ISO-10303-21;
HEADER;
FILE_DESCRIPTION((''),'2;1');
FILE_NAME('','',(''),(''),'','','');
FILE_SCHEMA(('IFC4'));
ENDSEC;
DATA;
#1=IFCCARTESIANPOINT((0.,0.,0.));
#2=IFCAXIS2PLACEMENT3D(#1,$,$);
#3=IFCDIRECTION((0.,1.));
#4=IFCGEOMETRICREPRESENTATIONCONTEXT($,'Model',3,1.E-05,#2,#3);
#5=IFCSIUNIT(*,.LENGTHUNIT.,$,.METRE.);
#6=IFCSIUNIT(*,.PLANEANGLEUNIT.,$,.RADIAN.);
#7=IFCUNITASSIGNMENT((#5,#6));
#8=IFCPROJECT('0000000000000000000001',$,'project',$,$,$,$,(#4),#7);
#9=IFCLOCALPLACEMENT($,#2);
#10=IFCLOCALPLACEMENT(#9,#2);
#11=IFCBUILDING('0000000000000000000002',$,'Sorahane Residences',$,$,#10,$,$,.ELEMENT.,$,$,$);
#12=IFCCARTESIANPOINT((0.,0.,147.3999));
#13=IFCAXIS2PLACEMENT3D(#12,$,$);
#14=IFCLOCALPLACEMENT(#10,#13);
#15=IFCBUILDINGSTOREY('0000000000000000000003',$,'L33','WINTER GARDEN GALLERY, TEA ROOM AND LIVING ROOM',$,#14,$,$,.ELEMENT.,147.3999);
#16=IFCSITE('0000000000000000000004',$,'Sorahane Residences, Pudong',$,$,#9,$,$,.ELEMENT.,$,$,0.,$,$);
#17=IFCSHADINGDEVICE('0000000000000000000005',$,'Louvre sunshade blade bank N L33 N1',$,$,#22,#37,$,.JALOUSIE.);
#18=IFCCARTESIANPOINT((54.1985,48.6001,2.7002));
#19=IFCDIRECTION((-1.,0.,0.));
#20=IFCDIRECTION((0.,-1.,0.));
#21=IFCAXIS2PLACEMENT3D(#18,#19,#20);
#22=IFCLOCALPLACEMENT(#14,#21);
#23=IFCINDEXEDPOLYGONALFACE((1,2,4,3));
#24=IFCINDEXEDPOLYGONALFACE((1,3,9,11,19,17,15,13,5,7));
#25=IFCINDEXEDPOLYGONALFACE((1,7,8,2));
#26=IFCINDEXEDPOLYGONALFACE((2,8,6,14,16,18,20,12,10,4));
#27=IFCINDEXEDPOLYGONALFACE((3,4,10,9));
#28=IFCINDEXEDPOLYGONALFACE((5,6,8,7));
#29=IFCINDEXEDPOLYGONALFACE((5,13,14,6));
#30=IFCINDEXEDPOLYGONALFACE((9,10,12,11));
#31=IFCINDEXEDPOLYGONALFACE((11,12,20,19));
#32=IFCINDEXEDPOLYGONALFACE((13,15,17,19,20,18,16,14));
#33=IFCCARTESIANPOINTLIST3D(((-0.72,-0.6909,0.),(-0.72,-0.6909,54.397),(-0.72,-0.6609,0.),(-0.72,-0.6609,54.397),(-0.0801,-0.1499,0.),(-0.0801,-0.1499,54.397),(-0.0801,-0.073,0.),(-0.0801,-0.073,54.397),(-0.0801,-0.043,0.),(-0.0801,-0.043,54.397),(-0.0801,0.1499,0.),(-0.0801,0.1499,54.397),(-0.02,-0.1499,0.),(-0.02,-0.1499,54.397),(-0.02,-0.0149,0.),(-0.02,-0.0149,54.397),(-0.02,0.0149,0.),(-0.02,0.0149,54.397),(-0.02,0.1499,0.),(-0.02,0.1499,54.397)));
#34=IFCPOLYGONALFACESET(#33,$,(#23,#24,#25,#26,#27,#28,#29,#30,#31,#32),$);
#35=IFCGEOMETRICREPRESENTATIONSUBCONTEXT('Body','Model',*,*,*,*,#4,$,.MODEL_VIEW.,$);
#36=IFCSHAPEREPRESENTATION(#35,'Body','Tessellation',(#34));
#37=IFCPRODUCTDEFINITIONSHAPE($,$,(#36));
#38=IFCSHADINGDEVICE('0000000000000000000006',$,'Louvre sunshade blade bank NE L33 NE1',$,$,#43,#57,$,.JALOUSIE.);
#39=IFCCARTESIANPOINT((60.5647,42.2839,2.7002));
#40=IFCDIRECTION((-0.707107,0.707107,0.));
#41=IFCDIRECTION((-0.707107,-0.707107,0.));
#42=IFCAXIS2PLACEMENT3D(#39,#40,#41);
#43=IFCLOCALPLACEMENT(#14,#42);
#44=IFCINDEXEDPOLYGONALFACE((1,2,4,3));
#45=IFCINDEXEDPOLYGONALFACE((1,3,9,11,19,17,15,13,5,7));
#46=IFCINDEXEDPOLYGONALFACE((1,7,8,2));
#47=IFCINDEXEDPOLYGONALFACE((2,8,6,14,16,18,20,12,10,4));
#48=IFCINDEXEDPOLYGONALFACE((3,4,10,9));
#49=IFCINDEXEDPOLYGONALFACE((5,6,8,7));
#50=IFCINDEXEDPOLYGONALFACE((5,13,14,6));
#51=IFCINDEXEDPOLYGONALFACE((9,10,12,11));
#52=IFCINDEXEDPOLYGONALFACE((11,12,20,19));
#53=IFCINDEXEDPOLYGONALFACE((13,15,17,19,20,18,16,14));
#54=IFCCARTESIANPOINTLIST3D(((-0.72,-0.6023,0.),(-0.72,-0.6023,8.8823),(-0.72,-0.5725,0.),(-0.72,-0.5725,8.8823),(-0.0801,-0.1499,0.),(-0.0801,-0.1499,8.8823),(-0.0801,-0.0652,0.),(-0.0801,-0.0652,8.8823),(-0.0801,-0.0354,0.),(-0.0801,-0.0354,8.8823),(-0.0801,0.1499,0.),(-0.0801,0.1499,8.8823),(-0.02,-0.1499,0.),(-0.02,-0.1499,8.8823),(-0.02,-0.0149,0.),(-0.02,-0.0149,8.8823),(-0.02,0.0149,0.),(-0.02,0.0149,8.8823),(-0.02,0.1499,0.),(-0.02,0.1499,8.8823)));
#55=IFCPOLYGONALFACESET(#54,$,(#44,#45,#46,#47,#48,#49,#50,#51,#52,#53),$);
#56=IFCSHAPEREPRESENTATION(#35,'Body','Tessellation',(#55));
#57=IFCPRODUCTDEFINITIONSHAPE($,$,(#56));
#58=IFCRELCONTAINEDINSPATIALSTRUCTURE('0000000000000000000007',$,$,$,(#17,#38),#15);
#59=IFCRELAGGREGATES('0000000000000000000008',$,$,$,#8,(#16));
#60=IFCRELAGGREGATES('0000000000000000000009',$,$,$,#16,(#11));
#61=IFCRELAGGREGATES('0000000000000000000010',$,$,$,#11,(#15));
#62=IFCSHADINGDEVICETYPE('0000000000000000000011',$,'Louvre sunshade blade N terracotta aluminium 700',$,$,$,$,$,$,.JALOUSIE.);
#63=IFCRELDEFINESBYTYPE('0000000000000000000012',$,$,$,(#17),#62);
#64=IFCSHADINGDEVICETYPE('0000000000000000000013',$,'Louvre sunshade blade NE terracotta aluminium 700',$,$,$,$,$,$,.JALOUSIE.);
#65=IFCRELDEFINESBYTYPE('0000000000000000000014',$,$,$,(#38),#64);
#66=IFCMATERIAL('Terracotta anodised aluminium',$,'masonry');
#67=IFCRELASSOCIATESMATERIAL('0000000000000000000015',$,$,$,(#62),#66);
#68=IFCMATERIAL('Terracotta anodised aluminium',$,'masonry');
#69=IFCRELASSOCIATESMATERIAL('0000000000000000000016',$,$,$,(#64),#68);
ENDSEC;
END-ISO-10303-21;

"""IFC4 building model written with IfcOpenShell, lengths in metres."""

from ifc_helpers import new_model, si_unit, direction, frame, origin, place, context, subcontext, project, spatial, polyline, outline, extrude, material, type_object, element, save


model = new_model("IFC4")

# Units and contexts
model_context = context("Model", 3, precision=1e-05, world=origin(), true_north=direction((0.0, 1.0)))
body_context = subcontext(model_context, "Body", "Model", "MODEL_VIEW")
ifc_project = project(units=[si_unit("LENGTHUNIT", "METRE"), si_unit("PLANEANGLEUNIT", "RADIAN")], contexts=[model_context])

# Site, building, storey
site_placement = place(None, origin())
site = spatial("IfcSite", under=ifc_project, at=site_placement, Name="Sorahane Residences, Pudong", CompositionType="ELEMENT", RefElevation=0.0)
building_placement = place(site_placement, origin())
building = spatial("IfcBuilding", under=site, at=building_placement, Name="Sorahane Residences", CompositionType="ELEMENT")
storey_placement = place(building_placement, frame((0.0, 0.0, 147.3999)))
storey = spatial("IfcBuildingStorey", under=building, at=storey_placement, Name="L33", Description="WINTER GARDEN GALLERY, TEA ROOM AND LIVING ROOM", CompositionType="ELEMENT", Elevation=147.3999)

# Shading devices
ifc_material_1 = material(Name="Terracotta anodised aluminium", Category="masonry")
shading_device_type_1 = type_object("IfcShadingDeviceType", Name="Louvre sunshade blade N terracotta aluminium 700", PredefinedType="JALOUSIE", material=ifc_material_1)
shading_device_1_placement = place(storey_placement, frame((54.1985, 48.6001, 2.7002), z_axis=(-1.0, 0.0, 0.0), x_axis=(0.0, -1.0, 0.0)))
element("IfcShadingDevice", 1, at=shading_device_1_placement, inside=storey, type_object=shading_device_type_1, Name="Louvre sunshade blade bank N L33 N1", PredefinedType="JALOUSIE", context=body_context, shape_type="SweptSolid", body=[
    extrude(outline(polyline([(-0.72, -0.6609), (-0.72, -0.6909), (-0.0801, -0.073), (-0.0801, -0.1499), (-0.02, -0.1499), (-0.02, -0.0149), (-0.02, 0.0149), (-0.02, 0.1499), (-0.0801, 0.1499), (-0.0801, -0.043), (-0.72, -0.6609)])), origin(), (0.0, 0.0, 1.0), 54.397),
])
ifc_material_2 = material(Name="Terracotta anodised aluminium", Category="masonry")
shading_device_type_2 = type_object("IfcShadingDeviceType", Name="Louvre sunshade blade NE terracotta aluminium 700", PredefinedType="JALOUSIE", material=ifc_material_2)
shading_device_2_placement = place(storey_placement, frame((60.5647, 42.2839, 2.7002), z_axis=(-0.707107, 0.707107, 0.0), x_axis=(-0.707107, -0.707107, 0.0)))
element("IfcShadingDevice", 2, at=shading_device_2_placement, inside=storey, type_object=shading_device_type_2, Name="Louvre sunshade blade bank NE L33 NE1", PredefinedType="JALOUSIE", context=body_context, shape_type="SweptSolid", body=[
    extrude(outline(polyline([(-0.72, -0.5725), (-0.72, -0.6023), (-0.0801, -0.0652), (-0.0801, -0.1499), (-0.02, -0.1499), (-0.02, -0.0149), (-0.02, 0.0149), (-0.02, 0.1499), (-0.0801, 0.1499), (-0.0801, -0.0354), (-0.72, -0.5725)])), origin(), (0.0, 0.0, 1.0), 8.8823),
])

save(model, "model.ifc")
